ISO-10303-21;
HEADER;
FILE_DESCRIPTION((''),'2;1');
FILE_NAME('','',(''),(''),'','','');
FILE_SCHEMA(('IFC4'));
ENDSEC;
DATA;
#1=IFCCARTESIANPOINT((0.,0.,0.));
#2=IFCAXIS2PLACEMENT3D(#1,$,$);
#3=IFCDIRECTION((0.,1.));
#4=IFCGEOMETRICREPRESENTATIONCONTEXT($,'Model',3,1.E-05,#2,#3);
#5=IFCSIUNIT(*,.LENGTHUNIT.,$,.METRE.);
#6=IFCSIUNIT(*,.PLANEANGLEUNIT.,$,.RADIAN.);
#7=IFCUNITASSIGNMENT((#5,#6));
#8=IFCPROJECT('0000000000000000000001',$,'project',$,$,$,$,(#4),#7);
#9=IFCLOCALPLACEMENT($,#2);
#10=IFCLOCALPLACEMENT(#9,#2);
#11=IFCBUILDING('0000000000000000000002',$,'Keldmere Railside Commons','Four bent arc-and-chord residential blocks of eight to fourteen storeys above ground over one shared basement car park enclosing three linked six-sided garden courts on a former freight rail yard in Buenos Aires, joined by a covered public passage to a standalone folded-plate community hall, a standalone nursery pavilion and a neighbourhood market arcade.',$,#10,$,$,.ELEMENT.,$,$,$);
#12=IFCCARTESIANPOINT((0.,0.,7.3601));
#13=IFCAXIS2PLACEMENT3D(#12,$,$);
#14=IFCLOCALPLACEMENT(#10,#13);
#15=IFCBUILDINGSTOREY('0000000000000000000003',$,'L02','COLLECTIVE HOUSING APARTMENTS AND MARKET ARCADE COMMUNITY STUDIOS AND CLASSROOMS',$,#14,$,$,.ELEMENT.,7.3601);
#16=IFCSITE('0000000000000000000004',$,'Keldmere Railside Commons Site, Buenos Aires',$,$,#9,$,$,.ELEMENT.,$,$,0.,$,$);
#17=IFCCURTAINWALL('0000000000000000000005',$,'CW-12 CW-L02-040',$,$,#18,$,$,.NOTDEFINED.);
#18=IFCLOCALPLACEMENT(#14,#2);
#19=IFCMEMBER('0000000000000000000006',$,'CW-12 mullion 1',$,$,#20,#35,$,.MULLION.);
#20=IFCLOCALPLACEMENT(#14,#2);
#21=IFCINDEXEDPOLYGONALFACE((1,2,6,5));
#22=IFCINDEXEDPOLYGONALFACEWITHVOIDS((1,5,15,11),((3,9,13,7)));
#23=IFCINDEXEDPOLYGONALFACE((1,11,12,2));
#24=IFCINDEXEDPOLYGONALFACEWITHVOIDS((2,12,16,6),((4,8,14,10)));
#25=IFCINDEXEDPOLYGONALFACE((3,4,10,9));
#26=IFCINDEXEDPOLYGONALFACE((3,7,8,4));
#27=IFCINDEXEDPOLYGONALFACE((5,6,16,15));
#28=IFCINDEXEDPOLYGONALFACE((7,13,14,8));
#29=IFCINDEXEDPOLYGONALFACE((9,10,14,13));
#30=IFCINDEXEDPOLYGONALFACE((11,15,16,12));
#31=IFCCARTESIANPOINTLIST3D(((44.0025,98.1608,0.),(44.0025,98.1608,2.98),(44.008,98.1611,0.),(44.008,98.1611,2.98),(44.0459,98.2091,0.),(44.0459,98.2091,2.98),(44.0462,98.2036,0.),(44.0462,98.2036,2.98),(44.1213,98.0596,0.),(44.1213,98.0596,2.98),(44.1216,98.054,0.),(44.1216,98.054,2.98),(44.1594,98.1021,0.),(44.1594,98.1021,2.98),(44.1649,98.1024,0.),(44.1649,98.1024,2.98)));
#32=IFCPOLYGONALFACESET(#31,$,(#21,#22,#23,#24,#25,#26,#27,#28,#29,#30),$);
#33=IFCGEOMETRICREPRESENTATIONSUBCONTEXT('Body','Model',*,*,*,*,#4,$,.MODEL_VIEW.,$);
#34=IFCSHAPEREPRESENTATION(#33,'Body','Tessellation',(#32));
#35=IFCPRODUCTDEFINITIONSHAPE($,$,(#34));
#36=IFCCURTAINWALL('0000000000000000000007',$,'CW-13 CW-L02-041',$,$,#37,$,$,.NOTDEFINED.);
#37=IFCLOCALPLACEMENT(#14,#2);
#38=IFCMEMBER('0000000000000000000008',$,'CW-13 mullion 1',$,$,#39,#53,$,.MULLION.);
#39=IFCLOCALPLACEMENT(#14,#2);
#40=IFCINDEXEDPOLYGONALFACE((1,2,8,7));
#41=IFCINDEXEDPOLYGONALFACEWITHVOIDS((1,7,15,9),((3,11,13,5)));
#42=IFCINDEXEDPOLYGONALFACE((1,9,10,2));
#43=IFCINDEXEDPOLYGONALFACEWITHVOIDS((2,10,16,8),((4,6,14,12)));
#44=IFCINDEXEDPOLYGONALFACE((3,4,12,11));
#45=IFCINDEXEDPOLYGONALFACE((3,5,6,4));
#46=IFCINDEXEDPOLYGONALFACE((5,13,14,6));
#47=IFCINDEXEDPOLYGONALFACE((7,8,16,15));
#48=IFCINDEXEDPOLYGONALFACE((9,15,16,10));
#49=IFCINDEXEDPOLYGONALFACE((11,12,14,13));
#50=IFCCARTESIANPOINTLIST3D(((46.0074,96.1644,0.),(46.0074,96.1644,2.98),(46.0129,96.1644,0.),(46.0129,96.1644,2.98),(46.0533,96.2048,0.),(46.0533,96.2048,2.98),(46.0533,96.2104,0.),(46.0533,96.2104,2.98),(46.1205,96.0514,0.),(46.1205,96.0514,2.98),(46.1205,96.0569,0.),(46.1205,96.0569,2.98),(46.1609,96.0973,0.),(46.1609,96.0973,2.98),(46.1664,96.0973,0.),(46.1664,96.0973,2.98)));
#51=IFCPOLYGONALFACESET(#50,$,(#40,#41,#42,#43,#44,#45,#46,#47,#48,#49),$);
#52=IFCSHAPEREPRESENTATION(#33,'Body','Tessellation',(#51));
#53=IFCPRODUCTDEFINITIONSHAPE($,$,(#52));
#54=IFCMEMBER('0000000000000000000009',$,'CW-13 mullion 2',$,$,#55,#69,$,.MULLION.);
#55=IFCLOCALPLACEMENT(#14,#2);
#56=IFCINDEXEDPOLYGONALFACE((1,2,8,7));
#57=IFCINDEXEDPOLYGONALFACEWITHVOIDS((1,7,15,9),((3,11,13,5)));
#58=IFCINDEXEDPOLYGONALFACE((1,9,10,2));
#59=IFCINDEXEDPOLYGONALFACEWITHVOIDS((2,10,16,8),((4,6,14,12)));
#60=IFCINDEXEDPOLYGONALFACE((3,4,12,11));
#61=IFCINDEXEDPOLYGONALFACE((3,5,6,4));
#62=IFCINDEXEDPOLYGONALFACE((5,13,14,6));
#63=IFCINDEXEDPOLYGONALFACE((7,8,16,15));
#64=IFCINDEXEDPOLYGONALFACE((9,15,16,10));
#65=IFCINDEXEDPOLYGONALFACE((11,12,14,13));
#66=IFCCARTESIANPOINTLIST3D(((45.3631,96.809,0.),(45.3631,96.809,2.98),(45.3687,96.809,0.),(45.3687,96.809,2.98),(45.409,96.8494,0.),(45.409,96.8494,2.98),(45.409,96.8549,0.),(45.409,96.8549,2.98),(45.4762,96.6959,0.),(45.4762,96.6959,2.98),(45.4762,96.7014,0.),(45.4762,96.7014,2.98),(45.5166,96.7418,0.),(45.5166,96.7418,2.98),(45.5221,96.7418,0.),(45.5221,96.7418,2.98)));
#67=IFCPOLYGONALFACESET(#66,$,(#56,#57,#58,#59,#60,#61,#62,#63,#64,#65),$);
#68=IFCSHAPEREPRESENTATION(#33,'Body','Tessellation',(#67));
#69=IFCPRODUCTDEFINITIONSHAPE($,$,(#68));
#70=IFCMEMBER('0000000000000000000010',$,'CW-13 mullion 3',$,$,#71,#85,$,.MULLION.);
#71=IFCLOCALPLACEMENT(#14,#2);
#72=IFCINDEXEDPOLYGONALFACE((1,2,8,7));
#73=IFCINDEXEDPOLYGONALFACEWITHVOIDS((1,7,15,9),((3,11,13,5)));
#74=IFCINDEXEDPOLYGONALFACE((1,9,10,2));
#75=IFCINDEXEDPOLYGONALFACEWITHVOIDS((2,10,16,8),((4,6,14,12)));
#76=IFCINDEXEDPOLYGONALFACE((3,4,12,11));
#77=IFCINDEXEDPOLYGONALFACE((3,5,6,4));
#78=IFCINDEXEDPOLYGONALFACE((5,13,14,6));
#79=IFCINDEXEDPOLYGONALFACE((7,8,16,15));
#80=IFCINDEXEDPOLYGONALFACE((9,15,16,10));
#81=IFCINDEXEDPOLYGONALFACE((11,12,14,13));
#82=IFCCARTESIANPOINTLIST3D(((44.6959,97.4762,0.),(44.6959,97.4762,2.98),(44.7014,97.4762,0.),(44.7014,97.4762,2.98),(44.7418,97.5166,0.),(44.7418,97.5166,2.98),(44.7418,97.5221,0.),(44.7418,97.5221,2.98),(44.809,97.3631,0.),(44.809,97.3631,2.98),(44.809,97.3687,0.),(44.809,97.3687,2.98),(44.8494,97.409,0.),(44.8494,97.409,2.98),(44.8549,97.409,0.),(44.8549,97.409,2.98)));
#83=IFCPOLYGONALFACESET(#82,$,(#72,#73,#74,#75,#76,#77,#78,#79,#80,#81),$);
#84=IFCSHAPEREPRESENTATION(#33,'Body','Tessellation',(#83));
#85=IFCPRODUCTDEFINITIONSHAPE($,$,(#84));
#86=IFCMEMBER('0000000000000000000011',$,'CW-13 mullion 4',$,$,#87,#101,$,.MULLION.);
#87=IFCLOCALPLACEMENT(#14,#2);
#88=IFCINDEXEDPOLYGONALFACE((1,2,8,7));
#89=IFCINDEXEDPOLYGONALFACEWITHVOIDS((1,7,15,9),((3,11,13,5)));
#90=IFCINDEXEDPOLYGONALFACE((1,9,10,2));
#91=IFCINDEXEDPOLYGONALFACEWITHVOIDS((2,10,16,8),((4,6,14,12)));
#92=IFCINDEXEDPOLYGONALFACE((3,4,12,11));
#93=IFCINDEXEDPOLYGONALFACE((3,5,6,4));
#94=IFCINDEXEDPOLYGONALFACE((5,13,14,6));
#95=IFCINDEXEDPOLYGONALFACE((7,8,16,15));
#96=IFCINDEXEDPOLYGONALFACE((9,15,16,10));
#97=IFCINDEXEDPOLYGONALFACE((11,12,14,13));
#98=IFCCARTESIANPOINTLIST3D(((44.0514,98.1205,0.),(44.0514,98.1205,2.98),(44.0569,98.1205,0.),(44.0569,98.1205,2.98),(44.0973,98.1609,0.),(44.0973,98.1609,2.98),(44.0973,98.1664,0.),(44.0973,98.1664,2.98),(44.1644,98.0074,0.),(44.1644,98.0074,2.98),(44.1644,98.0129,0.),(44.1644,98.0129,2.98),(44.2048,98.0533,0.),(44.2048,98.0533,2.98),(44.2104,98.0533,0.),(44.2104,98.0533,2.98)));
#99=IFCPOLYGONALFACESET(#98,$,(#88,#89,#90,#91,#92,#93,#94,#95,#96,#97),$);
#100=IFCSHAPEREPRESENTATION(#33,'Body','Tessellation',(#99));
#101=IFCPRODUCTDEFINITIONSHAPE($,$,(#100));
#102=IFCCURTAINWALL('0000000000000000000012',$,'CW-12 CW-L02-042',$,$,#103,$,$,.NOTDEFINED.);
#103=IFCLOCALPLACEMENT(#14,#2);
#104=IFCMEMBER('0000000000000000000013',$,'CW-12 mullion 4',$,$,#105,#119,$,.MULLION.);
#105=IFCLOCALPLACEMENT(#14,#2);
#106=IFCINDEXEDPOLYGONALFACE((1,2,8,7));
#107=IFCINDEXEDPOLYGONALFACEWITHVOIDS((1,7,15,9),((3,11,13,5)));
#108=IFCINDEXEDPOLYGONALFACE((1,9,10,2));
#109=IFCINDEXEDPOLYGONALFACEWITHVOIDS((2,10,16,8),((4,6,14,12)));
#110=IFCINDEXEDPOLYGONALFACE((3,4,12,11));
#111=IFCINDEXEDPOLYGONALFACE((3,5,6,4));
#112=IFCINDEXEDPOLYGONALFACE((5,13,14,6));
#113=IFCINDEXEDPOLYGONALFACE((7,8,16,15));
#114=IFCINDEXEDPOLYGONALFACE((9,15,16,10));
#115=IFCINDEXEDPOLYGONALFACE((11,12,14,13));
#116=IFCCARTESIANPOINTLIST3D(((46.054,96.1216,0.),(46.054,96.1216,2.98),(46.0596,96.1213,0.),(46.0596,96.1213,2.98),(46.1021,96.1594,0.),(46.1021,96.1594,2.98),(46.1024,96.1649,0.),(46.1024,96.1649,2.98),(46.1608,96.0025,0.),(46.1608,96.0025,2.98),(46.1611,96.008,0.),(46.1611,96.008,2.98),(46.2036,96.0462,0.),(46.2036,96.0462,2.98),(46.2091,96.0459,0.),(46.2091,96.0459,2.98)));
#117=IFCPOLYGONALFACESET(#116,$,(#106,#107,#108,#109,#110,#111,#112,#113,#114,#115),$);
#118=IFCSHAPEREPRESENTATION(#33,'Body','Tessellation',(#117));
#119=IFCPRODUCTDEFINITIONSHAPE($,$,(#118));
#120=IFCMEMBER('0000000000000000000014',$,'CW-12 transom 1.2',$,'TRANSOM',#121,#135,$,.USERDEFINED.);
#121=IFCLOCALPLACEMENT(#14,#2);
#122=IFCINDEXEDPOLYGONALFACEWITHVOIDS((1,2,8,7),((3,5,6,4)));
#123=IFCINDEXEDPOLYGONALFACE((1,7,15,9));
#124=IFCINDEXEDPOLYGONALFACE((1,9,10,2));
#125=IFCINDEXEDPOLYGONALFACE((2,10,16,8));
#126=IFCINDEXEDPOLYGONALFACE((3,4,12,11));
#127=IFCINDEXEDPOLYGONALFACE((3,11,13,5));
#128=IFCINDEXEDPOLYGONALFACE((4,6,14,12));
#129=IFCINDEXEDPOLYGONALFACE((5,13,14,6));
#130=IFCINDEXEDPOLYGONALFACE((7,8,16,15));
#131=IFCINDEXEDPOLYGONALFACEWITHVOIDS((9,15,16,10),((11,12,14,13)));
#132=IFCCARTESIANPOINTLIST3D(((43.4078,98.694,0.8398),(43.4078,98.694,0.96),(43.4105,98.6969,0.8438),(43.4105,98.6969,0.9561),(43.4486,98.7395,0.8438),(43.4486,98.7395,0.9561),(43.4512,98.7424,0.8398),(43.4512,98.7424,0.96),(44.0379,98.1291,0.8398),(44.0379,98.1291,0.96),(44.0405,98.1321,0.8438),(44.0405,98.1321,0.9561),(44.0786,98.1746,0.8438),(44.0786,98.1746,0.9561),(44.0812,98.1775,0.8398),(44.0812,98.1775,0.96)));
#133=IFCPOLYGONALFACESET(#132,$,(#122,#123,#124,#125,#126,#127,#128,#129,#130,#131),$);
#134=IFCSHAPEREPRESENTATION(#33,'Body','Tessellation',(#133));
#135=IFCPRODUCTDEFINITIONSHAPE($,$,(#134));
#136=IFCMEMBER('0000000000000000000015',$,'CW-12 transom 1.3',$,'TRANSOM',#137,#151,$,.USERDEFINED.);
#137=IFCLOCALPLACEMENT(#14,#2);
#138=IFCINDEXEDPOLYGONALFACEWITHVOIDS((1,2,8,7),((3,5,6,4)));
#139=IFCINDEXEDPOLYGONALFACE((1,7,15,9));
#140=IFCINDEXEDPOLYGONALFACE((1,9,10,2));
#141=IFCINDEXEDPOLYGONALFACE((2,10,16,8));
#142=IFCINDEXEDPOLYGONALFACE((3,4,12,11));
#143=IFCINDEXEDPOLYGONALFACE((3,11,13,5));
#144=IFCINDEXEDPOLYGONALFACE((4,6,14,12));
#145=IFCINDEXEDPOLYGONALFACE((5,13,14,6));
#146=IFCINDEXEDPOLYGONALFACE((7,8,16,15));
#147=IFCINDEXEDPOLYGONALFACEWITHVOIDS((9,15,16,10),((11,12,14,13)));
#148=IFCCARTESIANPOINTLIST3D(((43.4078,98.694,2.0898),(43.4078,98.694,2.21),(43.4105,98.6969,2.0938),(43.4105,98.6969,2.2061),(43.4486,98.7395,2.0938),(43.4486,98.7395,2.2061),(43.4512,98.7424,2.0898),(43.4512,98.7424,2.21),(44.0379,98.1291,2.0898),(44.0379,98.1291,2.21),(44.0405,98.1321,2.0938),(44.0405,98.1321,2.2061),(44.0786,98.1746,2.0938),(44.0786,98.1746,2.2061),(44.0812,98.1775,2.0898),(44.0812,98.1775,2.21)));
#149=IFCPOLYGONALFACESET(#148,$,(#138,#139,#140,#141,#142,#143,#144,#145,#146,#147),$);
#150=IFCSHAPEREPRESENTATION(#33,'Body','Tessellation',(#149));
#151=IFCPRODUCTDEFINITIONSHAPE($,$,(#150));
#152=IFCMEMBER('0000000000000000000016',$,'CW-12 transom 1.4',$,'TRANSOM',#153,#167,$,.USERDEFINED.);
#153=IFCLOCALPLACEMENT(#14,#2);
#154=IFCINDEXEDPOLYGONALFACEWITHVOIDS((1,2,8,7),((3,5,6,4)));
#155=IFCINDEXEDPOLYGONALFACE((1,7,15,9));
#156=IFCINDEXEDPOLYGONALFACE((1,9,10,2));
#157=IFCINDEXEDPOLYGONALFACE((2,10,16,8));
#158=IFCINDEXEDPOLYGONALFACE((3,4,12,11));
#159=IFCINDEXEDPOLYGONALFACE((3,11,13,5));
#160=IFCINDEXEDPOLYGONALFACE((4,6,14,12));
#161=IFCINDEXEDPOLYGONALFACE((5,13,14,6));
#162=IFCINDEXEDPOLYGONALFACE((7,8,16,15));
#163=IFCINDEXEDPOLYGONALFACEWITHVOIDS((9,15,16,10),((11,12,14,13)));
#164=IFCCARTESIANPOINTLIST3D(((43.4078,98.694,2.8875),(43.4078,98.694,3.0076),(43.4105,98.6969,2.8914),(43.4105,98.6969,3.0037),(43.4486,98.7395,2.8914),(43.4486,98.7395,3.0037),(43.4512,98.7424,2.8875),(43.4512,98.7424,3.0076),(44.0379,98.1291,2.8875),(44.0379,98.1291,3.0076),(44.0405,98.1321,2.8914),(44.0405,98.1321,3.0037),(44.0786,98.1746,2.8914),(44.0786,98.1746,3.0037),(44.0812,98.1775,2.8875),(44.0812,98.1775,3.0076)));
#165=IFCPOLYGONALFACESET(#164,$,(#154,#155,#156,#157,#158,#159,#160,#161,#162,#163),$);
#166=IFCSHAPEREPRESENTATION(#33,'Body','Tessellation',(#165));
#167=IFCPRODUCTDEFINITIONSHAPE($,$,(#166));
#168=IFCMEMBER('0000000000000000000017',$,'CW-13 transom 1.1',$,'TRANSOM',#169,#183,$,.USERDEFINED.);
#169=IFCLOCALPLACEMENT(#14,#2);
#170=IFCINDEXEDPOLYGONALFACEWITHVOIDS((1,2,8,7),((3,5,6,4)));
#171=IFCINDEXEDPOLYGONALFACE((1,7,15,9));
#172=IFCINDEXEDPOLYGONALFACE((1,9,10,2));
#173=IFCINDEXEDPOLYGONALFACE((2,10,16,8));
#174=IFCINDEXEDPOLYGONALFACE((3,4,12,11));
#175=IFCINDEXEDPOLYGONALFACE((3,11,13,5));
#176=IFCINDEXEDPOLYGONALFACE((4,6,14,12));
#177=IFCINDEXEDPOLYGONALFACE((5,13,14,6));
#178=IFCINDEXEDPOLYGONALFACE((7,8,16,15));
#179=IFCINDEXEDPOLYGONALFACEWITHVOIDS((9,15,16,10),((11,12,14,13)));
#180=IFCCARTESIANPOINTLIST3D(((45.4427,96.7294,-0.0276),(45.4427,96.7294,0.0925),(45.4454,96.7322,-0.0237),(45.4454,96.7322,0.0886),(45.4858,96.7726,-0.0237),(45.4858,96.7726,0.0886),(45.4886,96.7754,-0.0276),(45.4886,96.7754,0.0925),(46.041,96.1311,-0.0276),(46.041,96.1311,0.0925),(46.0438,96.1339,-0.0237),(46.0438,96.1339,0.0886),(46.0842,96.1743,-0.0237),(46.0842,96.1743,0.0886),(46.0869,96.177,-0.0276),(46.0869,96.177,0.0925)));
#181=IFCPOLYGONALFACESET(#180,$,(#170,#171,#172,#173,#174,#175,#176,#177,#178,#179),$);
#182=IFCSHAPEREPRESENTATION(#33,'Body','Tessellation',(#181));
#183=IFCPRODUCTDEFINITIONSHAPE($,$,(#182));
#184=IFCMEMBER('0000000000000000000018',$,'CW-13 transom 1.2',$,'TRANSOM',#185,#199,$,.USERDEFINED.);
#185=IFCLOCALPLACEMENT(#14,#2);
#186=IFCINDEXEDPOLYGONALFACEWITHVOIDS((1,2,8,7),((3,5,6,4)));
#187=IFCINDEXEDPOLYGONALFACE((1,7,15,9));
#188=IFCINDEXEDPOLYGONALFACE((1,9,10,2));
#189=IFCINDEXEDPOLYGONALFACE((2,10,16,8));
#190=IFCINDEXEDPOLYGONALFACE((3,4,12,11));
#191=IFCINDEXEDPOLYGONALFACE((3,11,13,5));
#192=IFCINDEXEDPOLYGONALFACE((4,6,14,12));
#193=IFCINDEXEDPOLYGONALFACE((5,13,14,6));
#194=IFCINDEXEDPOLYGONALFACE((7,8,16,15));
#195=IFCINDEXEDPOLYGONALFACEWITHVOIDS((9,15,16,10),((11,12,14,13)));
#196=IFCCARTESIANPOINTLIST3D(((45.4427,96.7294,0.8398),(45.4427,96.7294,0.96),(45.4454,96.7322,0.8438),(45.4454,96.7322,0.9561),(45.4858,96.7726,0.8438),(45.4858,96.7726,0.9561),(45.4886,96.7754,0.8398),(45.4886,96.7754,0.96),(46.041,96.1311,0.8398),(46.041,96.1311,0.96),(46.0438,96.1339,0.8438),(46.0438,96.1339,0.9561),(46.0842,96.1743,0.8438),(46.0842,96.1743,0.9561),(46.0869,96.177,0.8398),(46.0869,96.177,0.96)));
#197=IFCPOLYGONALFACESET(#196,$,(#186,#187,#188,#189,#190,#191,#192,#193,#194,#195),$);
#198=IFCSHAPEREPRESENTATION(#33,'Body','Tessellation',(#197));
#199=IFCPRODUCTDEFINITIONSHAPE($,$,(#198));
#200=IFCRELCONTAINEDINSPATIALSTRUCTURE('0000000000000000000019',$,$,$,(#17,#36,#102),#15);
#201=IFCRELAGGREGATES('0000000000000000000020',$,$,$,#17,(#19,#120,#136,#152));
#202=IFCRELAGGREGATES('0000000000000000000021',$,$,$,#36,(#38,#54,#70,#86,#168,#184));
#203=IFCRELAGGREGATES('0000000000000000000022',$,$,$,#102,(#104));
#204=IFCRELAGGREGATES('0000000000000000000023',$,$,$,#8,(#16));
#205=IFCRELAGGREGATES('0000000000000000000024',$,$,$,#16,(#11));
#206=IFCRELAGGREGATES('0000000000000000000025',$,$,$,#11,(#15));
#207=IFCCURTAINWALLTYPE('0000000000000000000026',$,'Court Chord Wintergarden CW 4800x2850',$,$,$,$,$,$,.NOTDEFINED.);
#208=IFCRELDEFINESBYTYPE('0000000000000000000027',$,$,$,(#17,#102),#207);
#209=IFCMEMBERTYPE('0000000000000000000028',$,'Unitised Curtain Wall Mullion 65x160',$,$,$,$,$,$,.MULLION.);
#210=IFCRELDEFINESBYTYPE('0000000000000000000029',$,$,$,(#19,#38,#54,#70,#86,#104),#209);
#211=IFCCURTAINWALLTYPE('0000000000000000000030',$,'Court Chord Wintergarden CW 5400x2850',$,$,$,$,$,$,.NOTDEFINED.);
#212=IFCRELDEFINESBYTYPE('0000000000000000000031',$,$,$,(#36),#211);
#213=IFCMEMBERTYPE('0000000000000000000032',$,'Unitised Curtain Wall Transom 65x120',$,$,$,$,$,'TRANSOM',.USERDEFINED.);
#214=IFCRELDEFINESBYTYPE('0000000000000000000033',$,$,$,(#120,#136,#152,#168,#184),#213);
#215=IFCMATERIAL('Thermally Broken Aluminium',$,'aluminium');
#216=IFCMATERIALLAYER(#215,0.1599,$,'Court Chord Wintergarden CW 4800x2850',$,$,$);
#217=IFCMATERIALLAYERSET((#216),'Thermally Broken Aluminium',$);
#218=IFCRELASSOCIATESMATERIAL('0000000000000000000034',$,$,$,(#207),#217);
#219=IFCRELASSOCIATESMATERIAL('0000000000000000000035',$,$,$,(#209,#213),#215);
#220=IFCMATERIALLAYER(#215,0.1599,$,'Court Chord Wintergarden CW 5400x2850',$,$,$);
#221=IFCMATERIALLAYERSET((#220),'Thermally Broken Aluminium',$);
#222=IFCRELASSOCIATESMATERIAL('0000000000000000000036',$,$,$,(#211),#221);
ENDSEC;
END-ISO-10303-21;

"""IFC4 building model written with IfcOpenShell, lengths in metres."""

from ifc_helpers import new_model, si_unit, direction, frame, origin, origin_2d, place, context, subcontext, project, spatial, hollow_rectangle, extrude, material, layer, layer_set, material_profile, profile_set, type_object, element, aggregate, save


model = new_model("IFC4")

# Units and contexts
model_context = context("Model", 3, precision=1e-05, world=origin(), true_north=direction((0.0, 1.0)))
body_context = subcontext(model_context, "Body", "Model", "MODEL_VIEW")
ifc_project = project(units=[si_unit("LENGTHUNIT", "METRE"), si_unit("PLANEANGLEUNIT", "RADIAN")], contexts=[model_context])

# Site, building, storey
site_placement = place(None, origin())
site = spatial("IfcSite", under=ifc_project, at=site_placement, Name="Keldmere Railside Commons Site, Buenos Aires", CompositionType="ELEMENT", RefElevation=0.0)
building_placement = place(site_placement, origin())
building = spatial("IfcBuilding", under=site, at=building_placement, Name="Keldmere Railside Commons", Description="Four bent arc-and-chord residential blocks of eight to fourteen storeys above ground over one shared basement car park enclosing three linked six-sided garden courts on a former freight rail yard in Buenos Aires, joined by a covered public passage to a standalone folded-plate community hall, a standalone nursery pavilion and a neighbourhood market arcade.", CompositionType="ELEMENT")
storey_placement = place(building_placement, frame((0.0, 0.0, 7.3601)))
storey = spatial("IfcBuildingStorey", under=building, at=storey_placement, Name="L02", Description="COLLECTIVE HOUSING APARTMENTS AND MARKET ARCADE COMMUNITY STUDIOS AND CLASSROOMS", CompositionType="ELEMENT", Elevation=7.3601)

# Curtain wall, member
ifc_material_1 = material(Name="Thermally Broken Aluminium", Category="aluminium")
ifc_layer_1 = layer(ifc_material_1, 0.1599, Name="Court Chord Wintergarden CW 4800x2850")
ifc_layer_set_1 = layer_set([ifc_layer_1], Name="Thermally Broken Aluminium")
curtain_wall_type_1 = type_object("IfcCurtainWallType", Name="Court Chord Wintergarden CW 4800x2850", PredefinedType="NOTDEFINED", material=ifc_layer_set_1)
curtain_wall_1_placement = place(storey_placement, origin())
curtain_wall_1 = element("IfcCurtainWall", 1, at=curtain_wall_1_placement, inside=storey, type_object=curtain_wall_type_1, Name="CW-12 CW-L02-040", PredefinedType="NOTDEFINED")
ifc_material_profile_1 = material_profile(ifc_material_1, hollow_rectangle(XDim=0.0649, YDim=0.1599, WallThickness=0.0039, at=origin_2d()), Name="ALU-MULL-65x160")
ifc_profile_set_1 = profile_set([ifc_material_profile_1], Name="Thermally Broken Aluminium")
member_type_1 = type_object("IfcMemberType", Name="Unitised Curtain Wall Mullion 65x160", PredefinedType="MULLION", material=ifc_profile_set_1)
member_1_placement = place(storey_placement, frame((44.0837, 98.1316, 0.0), z_axis=(0.0, 0.0, 1.0), x_axis=(-0.667559, -0.744557, 0.0)))
member_1 = element("IfcMember", 2, at=member_1_placement, type_object=member_type_1, Name="CW-12 mullion 1", PredefinedType="MULLION", context=body_context, shape_type="SweptSolid", body=[
    extrude(hollow_rectangle(XDim=0.0649, YDim=0.1599, WallThickness=0.0039, at=origin_2d()), origin(), (0.0, 0.0, 1.0), 2.98),
])

# Curtain wall, members
ifc_layer_2 = layer(ifc_material_1, 0.1599, Name="Court Chord Wintergarden CW 5400x2850")
ifc_layer_set_2 = layer_set([ifc_layer_2], Name="Thermally Broken Aluminium")
curtain_wall_type_2 = type_object("IfcCurtainWallType", Name="Court Chord Wintergarden CW 5400x2850", PredefinedType="NOTDEFINED", material=ifc_layer_set_2)
curtain_wall_2_placement = place(storey_placement, origin())
curtain_wall_2 = element("IfcCurtainWall", 3, at=curtain_wall_2_placement, inside=storey, type_object=curtain_wall_type_2, Name="CW-13 CW-L02-041", PredefinedType="NOTDEFINED")
member_2_placement = place(storey_placement, frame((46.0869, 96.1309, 0.0), z_axis=(0.0, 0.0, 1.0), x_axis=(-0.707107, -0.707107, 0.0)))
member_2 = element("IfcMember", 4, at=member_2_placement, type_object=member_type_1, Name="CW-13 mullion 1", PredefinedType="MULLION", context=body_context, shape_type="SweptSolid", body=[
    extrude(hollow_rectangle(XDim=0.0649, YDim=0.1599, WallThickness=0.0039, at=origin_2d()), origin(), (0.0, 0.0, 1.0), 2.98),
])
member_3_placement = place(storey_placement, frame((45.4426, 96.7754, 0.0), z_axis=(0.0, 0.0, 1.0), x_axis=(-0.707107, -0.707107, 0.0)))
member_3 = element("IfcMember", 5, at=member_3_placement, type_object=member_type_1, Name="CW-13 mullion 2", PredefinedType="MULLION", context=body_context, shape_type="SweptSolid", body=[
    extrude(hollow_rectangle(XDim=0.0649, YDim=0.1599, WallThickness=0.0039, at=origin_2d()), origin(), (0.0, 0.0, 1.0), 2.98),
])
member_4_placement = place(storey_placement, frame((44.7754, 97.4426, 0.0), z_axis=(0.0, 0.0, 1.0), x_axis=(-0.707107, -0.707107, 0.0)))
member_4 = element("IfcMember", 6, at=member_4_placement, type_object=member_type_1, Name="CW-13 mullion 3", PredefinedType="MULLION", context=body_context, shape_type="SweptSolid", body=[
    extrude(hollow_rectangle(XDim=0.0649, YDim=0.1599, WallThickness=0.0039, at=origin_2d()), origin(), (0.0, 0.0, 1.0), 2.98),
])
member_5_placement = place(storey_placement, frame((44.1309, 98.0869, 0.0), z_axis=(0.0, 0.0, 1.0), x_axis=(-0.707107, -0.707107, 0.0)))
member_5 = element("IfcMember", 7, at=member_5_placement, type_object=member_type_1, Name="CW-13 mullion 4", PredefinedType="MULLION", context=body_context, shape_type="SweptSolid", body=[
    extrude(hollow_rectangle(XDim=0.0649, YDim=0.1599, WallThickness=0.0039, at=origin_2d()), origin(), (0.0, 0.0, 1.0), 2.98),
])

# Curtain wall, member
curtain_wall_3_placement = place(storey_placement, origin())
curtain_wall_3 = element("IfcCurtainWall", 8, at=curtain_wall_3_placement, inside=storey, type_object=curtain_wall_type_1, Name="CW-12 CW-L02-042", PredefinedType="NOTDEFINED")
member_6_placement = place(storey_placement, frame((46.1316, 96.0837, 0.0), z_axis=(0.0, 0.0, 1.0), x_axis=(-0.744557, -0.667559, 0.0)))
member_6 = element("IfcMember", 9, at=member_6_placement, type_object=member_type_1, Name="CW-12 mullion 4", PredefinedType="MULLION", context=body_context, shape_type="SweptSolid", body=[
    extrude(hollow_rectangle(XDim=0.0649, YDim=0.1599, WallThickness=0.0039, at=origin_2d()), origin(), (0.0, 0.0, 1.0), 2.98),
])

# Members
ifc_material_profile_2 = material_profile(ifc_material_1, hollow_rectangle(XDim=0.0649, YDim=0.1201, WallThickness=0.0039, at=origin_2d()), Name="ALU-TRAN-65x120")
ifc_profile_set_2 = profile_set([ifc_material_profile_2], Name="Thermally Broken Aluminium")
member_type_2 = type_object("IfcMemberType", Name="Unitised Curtain Wall Transom 65x120", ElementType="TRANSOM", PredefinedType="USERDEFINED", material=ifc_profile_set_2)
member_7_placement = place(storey_placement, frame((44.0596, 98.1533, 0.8999), z_axis=(-0.744569, 0.667545, 0.0), x_axis=(-0.667545, -0.744569, 0.0)))
member_7 = element("IfcMember", 10, at=member_7_placement, type_object=member_type_2, Name="CW-12 transom 1.2", ObjectType="TRANSOM", PredefinedType="USERDEFINED", context=body_context, shape_type="SweptSolid", body=[
    extrude(hollow_rectangle(XDim=0.0649, YDim=0.1201, WallThickness=0.0039, at=origin_2d()), origin(), (0.0, 0.0, 1.0), 0.8462),
])
member_8_placement = place(storey_placement, frame((44.0596, 98.1533, 2.1499), z_axis=(-0.744569, 0.667545, 0.0), x_axis=(-0.667545, -0.744569, 0.0)))
member_8 = element("IfcMember", 11, at=member_8_placement, type_object=member_type_2, Name="CW-12 transom 1.3", ObjectType="TRANSOM", PredefinedType="USERDEFINED", context=body_context, shape_type="SweptSolid", body=[
    extrude(hollow_rectangle(XDim=0.0649, YDim=0.1201, WallThickness=0.0039, at=origin_2d()), origin(), (0.0, 0.0, 1.0), 0.8462),
])
member_9_placement = place(storey_placement, frame((44.0596, 98.1533, 2.9475), z_axis=(-0.744569, 0.667545, 0.0), x_axis=(-0.667545, -0.744569, 0.0)))
member_9 = element("IfcMember", 12, at=member_9_placement, type_object=member_type_2, Name="CW-12 transom 1.4", ObjectType="TRANSOM", PredefinedType="USERDEFINED", context=body_context, shape_type="SweptSolid", body=[
    extrude(hollow_rectangle(XDim=0.0649, YDim=0.1201, WallThickness=0.0039, at=origin_2d()), origin(), (0.0, 0.0, 1.0), 0.8462),
])
aggregate(curtain_wall_1, [member_1, member_7, member_8, member_9])
member_10_placement = place(storey_placement, frame((46.064, 96.1541, 0.0325), z_axis=(-0.707107, 0.707107, 0.0), x_axis=(-0.707107, -0.707107, 0.0)))
member_10 = element("IfcMember", 13, at=member_10_placement, type_object=member_type_2, Name="CW-13 transom 1.1", ObjectType="TRANSOM", PredefinedType="USERDEFINED", context=body_context, shape_type="SweptSolid", body=[
    extrude(hollow_rectangle(XDim=0.0649, YDim=0.1201, WallThickness=0.0039, at=origin_2d()), origin(), (0.0, 0.0, 1.0), 0.8462),
])
member_11_placement = place(storey_placement, frame((46.064, 96.1541, 0.8999), z_axis=(-0.707107, 0.707107, 0.0), x_axis=(-0.707107, -0.707107, 0.0)))
member_11 = element("IfcMember", 14, at=member_11_placement, type_object=member_type_2, Name="CW-13 transom 1.2", ObjectType="TRANSOM", PredefinedType="USERDEFINED", context=body_context, shape_type="SweptSolid", body=[
    extrude(hollow_rectangle(XDim=0.0649, YDim=0.1201, WallThickness=0.0039, at=origin_2d()), origin(), (0.0, 0.0, 1.0), 0.8462),
])

aggregate(curtain_wall_2, [member_2, member_3, member_4, member_5, member_10, member_11])
aggregate(curtain_wall_3, [member_6])

save(model, "model.ifc")
